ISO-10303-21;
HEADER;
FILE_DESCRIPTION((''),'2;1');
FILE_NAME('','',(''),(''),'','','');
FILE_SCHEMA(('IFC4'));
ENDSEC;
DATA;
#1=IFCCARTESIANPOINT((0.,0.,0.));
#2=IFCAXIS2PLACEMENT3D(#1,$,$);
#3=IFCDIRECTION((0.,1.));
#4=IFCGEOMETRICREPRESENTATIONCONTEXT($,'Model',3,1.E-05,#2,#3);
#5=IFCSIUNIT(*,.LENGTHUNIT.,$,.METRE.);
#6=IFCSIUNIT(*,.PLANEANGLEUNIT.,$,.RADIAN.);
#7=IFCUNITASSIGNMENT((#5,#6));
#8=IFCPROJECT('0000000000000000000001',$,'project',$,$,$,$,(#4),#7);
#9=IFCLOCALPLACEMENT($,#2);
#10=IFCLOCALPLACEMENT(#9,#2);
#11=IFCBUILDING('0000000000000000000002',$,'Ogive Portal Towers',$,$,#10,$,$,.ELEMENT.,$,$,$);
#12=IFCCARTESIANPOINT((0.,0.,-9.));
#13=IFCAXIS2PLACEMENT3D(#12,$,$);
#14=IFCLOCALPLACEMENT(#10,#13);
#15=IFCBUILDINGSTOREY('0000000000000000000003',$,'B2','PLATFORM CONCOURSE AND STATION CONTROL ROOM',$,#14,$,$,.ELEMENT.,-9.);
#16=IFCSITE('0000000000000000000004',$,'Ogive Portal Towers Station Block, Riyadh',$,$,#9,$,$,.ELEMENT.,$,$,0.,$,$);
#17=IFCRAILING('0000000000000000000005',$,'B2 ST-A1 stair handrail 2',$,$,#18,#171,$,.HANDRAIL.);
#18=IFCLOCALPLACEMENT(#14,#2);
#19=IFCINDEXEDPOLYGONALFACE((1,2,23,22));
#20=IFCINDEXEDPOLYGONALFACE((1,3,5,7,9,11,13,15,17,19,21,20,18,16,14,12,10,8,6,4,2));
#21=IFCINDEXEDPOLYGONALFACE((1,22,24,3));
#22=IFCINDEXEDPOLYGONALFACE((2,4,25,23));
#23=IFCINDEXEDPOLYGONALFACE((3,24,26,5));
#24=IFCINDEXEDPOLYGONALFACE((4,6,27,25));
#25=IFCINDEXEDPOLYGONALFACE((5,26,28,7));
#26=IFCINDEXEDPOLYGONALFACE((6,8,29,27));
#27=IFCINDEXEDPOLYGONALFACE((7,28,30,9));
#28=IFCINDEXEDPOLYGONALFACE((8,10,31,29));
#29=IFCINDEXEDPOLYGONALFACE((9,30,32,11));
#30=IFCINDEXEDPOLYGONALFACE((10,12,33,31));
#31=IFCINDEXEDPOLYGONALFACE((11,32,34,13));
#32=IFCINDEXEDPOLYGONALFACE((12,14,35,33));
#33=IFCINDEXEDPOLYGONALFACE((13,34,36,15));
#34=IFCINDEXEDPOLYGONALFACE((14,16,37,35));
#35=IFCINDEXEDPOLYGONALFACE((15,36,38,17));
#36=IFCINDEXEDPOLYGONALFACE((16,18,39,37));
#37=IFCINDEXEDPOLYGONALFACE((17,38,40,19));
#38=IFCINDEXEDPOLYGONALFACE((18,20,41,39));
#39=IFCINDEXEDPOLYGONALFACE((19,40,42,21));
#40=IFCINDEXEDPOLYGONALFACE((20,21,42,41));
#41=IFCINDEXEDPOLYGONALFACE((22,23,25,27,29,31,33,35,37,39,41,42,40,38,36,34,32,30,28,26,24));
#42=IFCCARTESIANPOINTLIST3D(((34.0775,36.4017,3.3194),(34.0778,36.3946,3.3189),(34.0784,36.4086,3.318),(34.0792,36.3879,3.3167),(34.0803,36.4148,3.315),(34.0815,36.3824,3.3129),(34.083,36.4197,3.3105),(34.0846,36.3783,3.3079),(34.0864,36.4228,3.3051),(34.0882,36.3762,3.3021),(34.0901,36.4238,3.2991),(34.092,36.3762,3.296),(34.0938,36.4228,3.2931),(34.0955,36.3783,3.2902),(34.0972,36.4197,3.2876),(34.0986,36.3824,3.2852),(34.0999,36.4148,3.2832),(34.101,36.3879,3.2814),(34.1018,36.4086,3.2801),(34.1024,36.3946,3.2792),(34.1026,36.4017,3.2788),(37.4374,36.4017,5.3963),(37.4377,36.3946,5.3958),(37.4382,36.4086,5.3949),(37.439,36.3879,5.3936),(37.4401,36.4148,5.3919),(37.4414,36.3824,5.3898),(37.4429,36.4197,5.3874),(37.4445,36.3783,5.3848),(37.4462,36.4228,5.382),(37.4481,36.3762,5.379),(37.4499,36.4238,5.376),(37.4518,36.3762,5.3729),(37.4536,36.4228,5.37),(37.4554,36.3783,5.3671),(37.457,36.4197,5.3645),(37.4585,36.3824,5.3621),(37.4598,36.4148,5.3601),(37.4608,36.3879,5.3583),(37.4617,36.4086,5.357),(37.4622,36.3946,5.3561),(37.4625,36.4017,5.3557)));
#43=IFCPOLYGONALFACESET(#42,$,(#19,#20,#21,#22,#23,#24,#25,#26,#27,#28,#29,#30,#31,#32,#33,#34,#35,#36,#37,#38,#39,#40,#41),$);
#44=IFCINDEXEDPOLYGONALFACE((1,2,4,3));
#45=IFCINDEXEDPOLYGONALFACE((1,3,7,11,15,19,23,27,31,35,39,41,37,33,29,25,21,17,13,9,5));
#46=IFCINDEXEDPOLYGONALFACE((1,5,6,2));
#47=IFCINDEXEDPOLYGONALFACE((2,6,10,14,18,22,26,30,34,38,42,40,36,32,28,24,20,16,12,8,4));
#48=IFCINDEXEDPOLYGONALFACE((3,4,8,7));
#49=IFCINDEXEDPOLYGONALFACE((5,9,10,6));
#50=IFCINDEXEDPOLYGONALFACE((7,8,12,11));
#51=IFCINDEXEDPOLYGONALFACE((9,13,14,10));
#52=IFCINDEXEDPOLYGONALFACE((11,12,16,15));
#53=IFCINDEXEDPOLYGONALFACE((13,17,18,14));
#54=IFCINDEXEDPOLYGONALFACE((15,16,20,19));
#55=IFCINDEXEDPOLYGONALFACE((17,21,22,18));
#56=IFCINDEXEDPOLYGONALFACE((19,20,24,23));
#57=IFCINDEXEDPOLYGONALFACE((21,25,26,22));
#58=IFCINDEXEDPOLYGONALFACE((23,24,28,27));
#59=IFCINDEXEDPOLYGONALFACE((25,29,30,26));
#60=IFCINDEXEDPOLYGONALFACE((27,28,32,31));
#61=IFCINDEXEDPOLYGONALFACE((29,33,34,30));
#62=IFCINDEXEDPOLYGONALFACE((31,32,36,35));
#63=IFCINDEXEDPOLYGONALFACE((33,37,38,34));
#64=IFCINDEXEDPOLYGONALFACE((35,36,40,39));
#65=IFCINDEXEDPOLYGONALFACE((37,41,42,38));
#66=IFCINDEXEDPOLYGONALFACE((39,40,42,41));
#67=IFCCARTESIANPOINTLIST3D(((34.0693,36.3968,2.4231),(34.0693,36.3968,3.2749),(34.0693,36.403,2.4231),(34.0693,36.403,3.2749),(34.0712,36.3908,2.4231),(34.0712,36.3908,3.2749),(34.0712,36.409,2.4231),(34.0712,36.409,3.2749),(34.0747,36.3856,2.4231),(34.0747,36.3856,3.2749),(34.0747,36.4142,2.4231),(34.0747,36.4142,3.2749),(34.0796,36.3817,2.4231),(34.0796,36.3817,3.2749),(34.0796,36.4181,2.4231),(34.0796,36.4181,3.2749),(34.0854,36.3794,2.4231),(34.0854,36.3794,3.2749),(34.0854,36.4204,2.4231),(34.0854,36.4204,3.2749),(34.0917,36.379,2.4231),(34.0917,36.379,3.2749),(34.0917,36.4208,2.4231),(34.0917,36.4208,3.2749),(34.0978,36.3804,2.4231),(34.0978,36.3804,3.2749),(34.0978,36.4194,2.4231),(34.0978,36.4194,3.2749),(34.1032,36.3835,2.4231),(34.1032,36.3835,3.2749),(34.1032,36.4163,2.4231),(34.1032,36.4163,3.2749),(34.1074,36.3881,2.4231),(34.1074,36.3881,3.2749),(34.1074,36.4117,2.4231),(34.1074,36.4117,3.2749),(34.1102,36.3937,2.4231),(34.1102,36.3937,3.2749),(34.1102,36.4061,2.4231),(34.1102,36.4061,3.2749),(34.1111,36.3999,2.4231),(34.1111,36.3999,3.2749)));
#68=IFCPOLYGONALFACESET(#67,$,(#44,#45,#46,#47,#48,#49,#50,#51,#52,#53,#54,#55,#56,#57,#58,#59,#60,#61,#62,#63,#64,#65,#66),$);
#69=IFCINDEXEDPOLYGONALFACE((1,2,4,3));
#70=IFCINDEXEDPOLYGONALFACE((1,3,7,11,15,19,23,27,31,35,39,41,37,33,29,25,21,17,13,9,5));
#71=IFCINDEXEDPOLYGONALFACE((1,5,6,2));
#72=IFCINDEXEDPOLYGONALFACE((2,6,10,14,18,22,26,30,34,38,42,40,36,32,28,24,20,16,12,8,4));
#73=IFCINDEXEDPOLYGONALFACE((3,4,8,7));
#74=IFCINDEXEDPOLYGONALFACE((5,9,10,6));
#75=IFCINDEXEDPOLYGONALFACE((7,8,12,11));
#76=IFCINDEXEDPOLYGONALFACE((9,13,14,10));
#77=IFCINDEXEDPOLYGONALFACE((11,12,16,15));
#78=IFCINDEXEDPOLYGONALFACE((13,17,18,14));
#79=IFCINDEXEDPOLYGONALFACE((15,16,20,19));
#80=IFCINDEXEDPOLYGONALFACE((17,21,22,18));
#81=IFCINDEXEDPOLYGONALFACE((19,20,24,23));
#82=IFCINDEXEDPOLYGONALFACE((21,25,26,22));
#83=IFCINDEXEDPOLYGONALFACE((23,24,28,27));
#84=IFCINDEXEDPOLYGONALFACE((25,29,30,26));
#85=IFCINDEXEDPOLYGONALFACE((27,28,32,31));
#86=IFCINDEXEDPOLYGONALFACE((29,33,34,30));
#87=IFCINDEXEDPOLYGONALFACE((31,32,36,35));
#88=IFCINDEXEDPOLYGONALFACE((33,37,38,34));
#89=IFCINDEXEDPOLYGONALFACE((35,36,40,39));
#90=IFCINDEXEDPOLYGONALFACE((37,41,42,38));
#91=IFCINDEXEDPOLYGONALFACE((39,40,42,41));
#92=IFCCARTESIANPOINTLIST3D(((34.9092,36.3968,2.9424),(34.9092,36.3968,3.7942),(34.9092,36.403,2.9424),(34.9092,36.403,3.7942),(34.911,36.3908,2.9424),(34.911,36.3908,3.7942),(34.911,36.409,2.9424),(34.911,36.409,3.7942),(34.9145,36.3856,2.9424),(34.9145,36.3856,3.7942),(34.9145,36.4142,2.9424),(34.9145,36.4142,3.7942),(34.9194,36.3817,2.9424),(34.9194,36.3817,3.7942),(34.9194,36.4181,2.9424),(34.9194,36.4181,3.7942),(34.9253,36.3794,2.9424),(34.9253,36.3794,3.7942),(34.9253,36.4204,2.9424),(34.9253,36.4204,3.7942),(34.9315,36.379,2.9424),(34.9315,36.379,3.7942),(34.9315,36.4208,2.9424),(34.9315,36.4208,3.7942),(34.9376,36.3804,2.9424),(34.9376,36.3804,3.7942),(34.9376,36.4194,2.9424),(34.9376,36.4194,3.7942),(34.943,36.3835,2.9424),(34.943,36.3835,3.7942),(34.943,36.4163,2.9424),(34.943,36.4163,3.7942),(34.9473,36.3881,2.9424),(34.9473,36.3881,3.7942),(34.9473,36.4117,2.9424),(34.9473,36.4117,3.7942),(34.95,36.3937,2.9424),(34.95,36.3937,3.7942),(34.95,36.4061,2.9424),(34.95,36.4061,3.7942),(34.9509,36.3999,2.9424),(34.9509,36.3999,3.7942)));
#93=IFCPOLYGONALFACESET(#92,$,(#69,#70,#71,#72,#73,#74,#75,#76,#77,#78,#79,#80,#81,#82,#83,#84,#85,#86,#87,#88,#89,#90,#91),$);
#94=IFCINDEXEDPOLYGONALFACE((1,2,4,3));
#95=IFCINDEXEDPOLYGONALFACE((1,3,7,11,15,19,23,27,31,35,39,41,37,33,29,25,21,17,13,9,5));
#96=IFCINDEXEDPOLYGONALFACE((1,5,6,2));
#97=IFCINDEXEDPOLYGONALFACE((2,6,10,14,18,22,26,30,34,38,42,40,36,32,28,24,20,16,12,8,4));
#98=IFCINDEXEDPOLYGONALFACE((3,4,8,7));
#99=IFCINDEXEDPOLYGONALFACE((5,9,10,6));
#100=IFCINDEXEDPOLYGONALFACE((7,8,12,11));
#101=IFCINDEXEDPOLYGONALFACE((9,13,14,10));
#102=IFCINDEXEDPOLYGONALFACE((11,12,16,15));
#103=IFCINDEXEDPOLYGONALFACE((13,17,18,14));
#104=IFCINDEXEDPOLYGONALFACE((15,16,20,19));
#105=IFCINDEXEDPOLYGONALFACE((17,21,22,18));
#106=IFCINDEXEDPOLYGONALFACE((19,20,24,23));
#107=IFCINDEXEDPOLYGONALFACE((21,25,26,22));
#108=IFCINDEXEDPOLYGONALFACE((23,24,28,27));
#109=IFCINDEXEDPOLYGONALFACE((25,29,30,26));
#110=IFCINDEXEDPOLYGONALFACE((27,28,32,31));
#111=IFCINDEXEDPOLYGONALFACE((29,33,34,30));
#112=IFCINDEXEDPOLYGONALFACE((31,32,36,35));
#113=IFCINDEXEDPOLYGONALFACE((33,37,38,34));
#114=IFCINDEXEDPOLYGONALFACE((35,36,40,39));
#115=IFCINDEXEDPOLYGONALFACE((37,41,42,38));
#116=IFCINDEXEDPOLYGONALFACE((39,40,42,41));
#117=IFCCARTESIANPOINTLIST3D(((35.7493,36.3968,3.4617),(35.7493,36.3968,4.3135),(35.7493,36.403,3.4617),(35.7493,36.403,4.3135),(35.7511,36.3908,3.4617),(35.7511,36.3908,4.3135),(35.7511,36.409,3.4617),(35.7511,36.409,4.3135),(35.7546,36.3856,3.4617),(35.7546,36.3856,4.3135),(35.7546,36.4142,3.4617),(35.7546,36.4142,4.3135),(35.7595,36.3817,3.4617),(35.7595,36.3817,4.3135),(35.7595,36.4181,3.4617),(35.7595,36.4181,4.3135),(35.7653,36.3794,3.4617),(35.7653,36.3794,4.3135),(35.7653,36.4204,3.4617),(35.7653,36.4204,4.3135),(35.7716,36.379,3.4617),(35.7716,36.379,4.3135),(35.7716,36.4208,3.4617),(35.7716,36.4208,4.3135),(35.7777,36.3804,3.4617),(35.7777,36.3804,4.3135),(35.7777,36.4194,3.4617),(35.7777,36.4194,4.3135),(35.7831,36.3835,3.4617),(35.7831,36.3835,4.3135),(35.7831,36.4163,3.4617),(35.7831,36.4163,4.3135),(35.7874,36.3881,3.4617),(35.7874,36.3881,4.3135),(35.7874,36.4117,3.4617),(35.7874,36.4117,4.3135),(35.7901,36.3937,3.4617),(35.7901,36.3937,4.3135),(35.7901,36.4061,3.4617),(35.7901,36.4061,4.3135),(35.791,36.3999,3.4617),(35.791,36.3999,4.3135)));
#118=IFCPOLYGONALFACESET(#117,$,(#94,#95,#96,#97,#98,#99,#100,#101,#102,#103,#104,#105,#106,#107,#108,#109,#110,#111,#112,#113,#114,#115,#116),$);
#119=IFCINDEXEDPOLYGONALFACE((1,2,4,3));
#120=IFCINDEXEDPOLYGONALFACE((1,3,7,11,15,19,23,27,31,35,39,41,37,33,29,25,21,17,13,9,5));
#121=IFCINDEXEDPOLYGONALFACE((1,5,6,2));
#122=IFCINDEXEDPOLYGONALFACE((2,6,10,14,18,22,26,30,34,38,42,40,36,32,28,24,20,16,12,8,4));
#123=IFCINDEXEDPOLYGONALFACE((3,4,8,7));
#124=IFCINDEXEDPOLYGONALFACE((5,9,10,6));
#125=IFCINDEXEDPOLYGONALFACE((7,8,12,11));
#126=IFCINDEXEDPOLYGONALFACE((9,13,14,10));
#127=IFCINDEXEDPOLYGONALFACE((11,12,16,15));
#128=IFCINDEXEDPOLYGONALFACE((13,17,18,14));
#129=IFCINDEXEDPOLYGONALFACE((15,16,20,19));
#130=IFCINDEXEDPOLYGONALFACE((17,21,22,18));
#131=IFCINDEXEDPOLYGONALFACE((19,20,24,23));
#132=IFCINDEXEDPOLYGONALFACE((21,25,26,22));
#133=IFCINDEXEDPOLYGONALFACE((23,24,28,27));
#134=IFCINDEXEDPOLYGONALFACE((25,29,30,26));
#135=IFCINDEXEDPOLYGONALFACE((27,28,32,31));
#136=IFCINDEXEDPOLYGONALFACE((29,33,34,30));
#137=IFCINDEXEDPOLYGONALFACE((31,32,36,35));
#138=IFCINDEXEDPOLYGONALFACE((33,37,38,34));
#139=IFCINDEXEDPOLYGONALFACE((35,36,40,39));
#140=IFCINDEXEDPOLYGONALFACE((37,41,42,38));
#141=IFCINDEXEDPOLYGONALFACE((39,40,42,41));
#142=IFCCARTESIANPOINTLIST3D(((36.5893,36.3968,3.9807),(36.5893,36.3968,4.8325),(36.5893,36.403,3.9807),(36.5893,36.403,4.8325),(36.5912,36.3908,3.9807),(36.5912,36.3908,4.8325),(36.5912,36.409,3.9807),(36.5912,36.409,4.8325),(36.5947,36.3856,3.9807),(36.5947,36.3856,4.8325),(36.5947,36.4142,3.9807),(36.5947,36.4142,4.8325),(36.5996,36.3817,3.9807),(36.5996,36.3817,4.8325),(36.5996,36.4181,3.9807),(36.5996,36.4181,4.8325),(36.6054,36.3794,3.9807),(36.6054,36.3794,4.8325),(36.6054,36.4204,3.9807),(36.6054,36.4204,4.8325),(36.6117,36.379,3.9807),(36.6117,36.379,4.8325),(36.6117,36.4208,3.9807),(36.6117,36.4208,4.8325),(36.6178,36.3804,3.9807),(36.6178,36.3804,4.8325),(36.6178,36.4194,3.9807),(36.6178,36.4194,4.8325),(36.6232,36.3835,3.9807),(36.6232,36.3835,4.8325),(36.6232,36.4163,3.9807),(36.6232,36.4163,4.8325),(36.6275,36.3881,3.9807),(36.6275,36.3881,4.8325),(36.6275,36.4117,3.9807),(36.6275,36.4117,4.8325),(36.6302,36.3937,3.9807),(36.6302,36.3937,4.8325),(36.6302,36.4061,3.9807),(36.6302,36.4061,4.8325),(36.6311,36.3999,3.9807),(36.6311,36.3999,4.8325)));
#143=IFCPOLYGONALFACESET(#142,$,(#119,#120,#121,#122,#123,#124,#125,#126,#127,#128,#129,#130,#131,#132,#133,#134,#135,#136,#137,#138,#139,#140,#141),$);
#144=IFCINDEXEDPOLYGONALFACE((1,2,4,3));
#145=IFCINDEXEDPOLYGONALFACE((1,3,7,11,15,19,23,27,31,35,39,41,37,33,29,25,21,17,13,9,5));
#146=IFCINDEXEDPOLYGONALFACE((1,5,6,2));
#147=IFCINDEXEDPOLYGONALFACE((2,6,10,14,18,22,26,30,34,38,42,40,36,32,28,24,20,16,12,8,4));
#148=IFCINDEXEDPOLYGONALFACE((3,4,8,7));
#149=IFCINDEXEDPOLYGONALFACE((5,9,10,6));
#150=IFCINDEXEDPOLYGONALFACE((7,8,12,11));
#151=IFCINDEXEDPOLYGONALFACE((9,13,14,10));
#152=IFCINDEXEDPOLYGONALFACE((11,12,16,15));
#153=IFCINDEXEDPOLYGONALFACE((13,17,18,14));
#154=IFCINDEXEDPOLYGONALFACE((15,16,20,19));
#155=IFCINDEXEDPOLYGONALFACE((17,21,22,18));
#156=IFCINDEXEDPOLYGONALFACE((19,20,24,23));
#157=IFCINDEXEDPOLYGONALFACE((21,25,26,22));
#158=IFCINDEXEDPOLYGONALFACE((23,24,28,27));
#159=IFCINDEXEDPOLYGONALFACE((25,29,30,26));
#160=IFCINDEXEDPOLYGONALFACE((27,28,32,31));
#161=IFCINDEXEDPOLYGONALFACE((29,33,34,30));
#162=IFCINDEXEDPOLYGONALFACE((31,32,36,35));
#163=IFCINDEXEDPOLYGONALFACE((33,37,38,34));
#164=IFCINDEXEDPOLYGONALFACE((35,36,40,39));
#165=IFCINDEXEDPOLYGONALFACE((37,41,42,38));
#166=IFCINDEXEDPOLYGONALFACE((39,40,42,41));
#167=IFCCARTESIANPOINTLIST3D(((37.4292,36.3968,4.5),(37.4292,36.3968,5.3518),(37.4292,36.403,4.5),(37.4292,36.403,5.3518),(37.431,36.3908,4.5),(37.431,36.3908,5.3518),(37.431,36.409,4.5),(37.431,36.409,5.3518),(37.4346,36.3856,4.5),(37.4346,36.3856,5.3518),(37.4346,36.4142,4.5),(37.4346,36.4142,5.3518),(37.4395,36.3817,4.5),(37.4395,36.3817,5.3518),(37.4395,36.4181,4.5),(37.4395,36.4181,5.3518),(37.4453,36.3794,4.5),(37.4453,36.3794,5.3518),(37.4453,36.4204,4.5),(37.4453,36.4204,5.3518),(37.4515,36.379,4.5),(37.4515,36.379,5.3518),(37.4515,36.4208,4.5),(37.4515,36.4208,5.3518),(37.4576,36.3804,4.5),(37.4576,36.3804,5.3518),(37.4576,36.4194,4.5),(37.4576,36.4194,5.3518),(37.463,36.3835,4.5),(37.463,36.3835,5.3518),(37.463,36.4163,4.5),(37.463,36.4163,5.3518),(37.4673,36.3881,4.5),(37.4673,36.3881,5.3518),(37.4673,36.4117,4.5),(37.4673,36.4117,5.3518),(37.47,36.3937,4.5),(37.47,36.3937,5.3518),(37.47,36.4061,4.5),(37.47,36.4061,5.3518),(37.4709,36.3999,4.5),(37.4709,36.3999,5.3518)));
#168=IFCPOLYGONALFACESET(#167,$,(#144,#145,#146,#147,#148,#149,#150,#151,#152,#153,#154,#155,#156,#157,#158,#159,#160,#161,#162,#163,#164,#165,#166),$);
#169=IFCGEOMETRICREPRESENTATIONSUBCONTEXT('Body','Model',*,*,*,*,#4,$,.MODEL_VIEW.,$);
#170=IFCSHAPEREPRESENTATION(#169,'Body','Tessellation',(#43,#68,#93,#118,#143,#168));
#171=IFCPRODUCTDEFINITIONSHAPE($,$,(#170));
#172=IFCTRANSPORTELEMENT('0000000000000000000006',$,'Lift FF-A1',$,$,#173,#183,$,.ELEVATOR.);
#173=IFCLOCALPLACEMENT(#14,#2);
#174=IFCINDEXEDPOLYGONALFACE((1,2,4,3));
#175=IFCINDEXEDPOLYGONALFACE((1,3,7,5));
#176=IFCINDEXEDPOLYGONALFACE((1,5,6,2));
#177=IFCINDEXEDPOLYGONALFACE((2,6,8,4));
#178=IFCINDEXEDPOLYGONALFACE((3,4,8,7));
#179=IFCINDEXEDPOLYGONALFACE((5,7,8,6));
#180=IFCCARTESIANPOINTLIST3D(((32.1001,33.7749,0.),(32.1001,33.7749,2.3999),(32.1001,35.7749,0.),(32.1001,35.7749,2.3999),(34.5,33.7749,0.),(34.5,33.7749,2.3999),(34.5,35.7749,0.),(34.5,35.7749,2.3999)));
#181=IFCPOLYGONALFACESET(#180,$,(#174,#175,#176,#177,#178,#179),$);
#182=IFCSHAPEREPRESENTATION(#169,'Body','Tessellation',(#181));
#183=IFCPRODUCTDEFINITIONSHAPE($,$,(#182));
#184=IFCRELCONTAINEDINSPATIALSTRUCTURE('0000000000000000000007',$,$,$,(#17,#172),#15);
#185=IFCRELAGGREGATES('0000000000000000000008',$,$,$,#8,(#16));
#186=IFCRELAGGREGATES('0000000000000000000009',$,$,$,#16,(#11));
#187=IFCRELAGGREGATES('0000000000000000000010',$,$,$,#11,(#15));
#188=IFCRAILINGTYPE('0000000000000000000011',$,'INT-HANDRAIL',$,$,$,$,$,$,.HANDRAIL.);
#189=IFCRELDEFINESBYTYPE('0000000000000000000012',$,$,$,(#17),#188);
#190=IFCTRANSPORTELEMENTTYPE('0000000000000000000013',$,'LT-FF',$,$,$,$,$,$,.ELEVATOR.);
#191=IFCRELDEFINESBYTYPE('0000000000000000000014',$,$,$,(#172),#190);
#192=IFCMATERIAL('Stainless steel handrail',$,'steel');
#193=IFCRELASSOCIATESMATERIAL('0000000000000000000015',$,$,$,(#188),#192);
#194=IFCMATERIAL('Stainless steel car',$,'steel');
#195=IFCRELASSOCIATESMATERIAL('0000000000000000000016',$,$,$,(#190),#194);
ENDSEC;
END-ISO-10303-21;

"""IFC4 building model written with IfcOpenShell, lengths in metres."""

from ifc_helpers import new_model, si_unit, direction, frame, origin, origin_2d, place, context, subcontext, project, spatial, rectangle, circle, extrude, material, type_object, element, save


model = new_model("IFC4")

# Units and contexts
model_context = context("Model", 3, precision=1e-05, world=origin(), true_north=direction((0.0, 1.0)))
body_context = subcontext(model_context, "Body", "Model", "MODEL_VIEW")
ifc_project = project(units=[si_unit("LENGTHUNIT", "METRE"), si_unit("PLANEANGLEUNIT", "RADIAN")], contexts=[model_context])

# Site, building, storey
site_placement = place(None, origin())
site = spatial("IfcSite", under=ifc_project, at=site_placement, Name="Ogive Portal Towers Station Block, Riyadh", CompositionType="ELEMENT", RefElevation=0.0)
building_placement = place(site_placement, origin())
building = spatial("IfcBuilding", under=site, at=building_placement, Name="Ogive Portal Towers", CompositionType="ELEMENT")
storey_placement = place(building_placement, frame((0.0, 0.0, -9.0)))
storey = spatial("IfcBuildingStorey", under=building, at=storey_placement, Name="B2", Description="PLATFORM CONCOURSE AND STATION CONTROL ROOM", CompositionType="ELEMENT", Elevation=-9.0)

# Railing
ifc_material_1 = material(Name="Stainless steel handrail", Category="steel")
railing_type_1 = type_object("IfcRailingType", Name="INT-HANDRAIL", PredefinedType="HANDRAIL", material=ifc_material_1)
railing_1_placement = place(storey_placement, frame((34.0901, 36.3999, 2.4231)))
element("IfcRailing", 1, at=railing_1_placement, inside=storey, type_object=railing_type_1, Name="B2 ST-A1 stair handrail 2", PredefinedType="HANDRAIL", context=body_context, shape_type="SweptSolid", body=[
    extrude(circle(Radius=0.0239, at=origin_2d()), frame((0.0, 0.0, 0.876), z_axis=(0.850606, 0.0, 0.525803), x_axis=(0.0, 1.0, 0.0)), (0.0, 0.0, 1.0), 3.95),
    extrude(circle(Radius=0.021, at=origin_2d()), origin(), (0.0, 0.0, 1.0), 0.8518),
    extrude(circle(Radius=0.021, at=origin_2d()), frame((0.8398, 0.0, 0.5193)), (0.0, 0.0, 1.0), 0.8518),
    extrude(circle(Radius=0.021, at=origin_2d()), frame((1.6799, 0.0, 1.0386)), (0.0, 0.0, 1.0), 0.8518),
    extrude(circle(Radius=0.021, at=origin_2d()), frame((2.52, 0.0, 1.5576)), (0.0, 0.0, 1.0), 0.8518),
    extrude(circle(Radius=0.021, at=origin_2d()), frame((3.3599, 0.0, 2.0769)), (0.0, 0.0, 1.0), 0.8518),
])

# Transport element
ifc_material_2 = material(Name="Stainless steel car", Category="steel")
transport_element_type = type_object("IfcTransportElementType", Name="LT-FF", PredefinedType="ELEVATOR", material=ifc_material_2)
transport_element_placement = place(storey_placement, frame((33.3, 34.7749, 0.0), z_axis=(0.0, 0.0, 1.0), x_axis=(1.0, 0.0, 0.0)))
element("IfcTransportElement", 2, at=transport_element_placement, inside=storey, type_object=transport_element_type, Name="Lift FF-A1", PredefinedType="ELEVATOR", context=body_context, shape_type="SweptSolid", body=[
    extrude(rectangle(XDim=2.3999, YDim=2.0, at=origin_2d()), origin(), (0.0, 0.0, 1.0), 2.3999),
])

save(model, "model.ifc")
